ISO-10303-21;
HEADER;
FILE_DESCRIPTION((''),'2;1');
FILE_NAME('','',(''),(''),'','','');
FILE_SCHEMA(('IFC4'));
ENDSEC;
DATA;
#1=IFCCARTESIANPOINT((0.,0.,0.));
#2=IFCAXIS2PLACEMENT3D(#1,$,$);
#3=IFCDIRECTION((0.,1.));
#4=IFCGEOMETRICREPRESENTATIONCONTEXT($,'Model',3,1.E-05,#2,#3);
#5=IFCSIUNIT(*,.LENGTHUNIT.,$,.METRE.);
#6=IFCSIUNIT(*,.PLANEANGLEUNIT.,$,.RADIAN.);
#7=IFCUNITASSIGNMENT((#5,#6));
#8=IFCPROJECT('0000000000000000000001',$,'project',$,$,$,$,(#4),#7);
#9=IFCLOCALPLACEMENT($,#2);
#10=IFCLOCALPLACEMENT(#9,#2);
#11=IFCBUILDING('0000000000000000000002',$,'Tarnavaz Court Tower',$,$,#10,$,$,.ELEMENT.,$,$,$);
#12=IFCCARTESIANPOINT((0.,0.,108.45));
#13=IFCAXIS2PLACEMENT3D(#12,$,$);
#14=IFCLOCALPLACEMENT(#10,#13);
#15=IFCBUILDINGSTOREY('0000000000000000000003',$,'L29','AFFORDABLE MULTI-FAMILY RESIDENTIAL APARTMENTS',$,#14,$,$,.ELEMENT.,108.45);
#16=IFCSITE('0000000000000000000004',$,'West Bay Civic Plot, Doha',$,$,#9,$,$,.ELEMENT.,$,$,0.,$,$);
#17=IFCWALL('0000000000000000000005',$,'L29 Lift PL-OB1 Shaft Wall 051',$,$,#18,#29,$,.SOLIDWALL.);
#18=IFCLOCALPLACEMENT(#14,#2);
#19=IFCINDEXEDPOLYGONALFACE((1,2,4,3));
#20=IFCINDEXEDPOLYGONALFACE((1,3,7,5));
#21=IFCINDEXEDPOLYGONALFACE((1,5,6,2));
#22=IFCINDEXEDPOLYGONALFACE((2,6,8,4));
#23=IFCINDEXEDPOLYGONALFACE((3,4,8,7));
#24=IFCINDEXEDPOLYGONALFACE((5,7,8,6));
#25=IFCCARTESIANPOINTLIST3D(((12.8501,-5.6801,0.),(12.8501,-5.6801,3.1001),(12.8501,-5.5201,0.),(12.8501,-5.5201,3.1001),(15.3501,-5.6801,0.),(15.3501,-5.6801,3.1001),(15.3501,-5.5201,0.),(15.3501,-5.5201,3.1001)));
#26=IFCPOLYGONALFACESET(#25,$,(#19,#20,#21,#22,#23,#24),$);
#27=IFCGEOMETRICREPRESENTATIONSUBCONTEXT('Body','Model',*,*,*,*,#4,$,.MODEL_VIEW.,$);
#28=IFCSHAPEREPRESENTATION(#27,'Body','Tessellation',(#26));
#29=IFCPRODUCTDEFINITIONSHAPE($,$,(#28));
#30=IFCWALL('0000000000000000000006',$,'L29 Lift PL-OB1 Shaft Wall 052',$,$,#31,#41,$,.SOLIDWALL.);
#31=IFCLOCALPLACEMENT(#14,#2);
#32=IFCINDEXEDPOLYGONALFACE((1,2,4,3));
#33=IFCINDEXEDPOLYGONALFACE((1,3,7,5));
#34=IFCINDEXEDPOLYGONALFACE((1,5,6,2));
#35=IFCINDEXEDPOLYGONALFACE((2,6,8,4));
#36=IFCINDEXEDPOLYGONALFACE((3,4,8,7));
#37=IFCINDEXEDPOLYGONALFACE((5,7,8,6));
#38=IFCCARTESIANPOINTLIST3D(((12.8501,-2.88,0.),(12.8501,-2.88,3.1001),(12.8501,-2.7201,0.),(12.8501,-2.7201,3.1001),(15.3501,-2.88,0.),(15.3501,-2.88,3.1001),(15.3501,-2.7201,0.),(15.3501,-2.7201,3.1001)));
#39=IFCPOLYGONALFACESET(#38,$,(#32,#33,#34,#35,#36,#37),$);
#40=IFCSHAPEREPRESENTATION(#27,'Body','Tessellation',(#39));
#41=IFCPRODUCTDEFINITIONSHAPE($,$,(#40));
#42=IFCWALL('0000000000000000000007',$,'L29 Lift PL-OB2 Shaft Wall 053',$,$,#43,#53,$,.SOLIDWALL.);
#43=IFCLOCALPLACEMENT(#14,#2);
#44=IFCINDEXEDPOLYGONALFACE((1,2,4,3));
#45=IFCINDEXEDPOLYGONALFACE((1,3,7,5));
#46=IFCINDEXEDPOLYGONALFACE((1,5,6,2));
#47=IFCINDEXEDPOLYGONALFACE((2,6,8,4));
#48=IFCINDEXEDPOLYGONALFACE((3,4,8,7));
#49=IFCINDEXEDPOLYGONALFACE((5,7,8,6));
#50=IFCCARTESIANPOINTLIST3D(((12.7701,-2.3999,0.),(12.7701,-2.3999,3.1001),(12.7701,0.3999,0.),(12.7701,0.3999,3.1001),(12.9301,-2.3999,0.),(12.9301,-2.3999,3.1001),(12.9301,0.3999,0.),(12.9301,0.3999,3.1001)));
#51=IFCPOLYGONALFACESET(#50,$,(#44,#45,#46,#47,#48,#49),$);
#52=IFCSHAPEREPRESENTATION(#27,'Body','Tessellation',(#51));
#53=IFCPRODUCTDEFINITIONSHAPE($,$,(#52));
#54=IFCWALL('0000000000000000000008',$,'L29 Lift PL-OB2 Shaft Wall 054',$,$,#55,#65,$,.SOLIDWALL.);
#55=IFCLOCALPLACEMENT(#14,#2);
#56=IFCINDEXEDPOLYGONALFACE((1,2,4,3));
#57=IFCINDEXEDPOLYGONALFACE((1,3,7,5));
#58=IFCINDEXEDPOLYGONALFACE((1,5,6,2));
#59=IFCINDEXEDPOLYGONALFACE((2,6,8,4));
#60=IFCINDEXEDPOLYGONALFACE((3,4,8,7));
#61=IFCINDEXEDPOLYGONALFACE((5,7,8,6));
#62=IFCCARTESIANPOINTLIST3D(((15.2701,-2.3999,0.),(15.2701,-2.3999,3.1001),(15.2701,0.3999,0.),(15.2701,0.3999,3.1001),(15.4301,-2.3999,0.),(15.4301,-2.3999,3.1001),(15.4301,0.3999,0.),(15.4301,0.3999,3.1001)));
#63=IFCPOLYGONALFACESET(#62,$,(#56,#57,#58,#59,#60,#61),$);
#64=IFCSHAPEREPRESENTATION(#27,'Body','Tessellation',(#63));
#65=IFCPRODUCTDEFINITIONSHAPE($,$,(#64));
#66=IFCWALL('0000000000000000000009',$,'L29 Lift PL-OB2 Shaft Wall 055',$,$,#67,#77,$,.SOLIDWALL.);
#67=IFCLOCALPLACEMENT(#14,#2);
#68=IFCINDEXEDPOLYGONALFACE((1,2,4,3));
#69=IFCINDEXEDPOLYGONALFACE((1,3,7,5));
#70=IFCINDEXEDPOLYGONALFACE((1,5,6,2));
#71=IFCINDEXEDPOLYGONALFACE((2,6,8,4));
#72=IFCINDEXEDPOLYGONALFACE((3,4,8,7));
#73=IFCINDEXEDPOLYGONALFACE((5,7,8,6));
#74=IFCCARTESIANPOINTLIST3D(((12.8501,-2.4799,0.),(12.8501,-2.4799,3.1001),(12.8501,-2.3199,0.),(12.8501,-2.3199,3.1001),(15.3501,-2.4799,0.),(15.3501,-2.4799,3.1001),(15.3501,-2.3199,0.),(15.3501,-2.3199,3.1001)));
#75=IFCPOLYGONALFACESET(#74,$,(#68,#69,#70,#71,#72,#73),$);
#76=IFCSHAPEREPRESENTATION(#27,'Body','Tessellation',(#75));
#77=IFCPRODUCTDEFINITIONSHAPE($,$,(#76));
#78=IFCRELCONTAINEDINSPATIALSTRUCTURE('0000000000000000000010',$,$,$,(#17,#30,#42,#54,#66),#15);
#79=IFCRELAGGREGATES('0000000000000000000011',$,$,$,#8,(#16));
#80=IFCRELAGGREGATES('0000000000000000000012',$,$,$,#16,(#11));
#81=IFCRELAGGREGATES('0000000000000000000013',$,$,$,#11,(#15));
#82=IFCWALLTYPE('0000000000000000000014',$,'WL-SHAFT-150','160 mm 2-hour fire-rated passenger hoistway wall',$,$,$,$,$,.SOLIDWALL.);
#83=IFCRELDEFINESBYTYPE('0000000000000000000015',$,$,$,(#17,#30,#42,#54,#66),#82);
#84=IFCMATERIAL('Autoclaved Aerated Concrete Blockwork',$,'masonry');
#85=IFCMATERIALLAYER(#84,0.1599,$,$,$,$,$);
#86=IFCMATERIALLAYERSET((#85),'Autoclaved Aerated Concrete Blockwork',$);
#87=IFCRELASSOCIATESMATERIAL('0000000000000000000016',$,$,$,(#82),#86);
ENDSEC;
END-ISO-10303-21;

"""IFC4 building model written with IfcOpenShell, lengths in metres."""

from ifc_helpers import new_model, si_unit, direction, frame, frame_2d, origin, place, context, subcontext, project, spatial, rectangle, extrude, material, layer, layer_set, type_object, element, save


model = new_model("IFC4")

# Units and contexts
model_context = context("Model", 3, precision=1e-05, world=origin(), true_north=direction((0.0, 1.0)))
body_context = subcontext(model_context, "Body", "Model", "MODEL_VIEW")
ifc_project = project(units=[si_unit("LENGTHUNIT", "METRE"), si_unit("PLANEANGLEUNIT", "RADIAN")], contexts=[model_context])

# Site, building, storey
site_placement = place(None, origin())
site = spatial("IfcSite", under=ifc_project, at=site_placement, Name="West Bay Civic Plot, Doha", CompositionType="ELEMENT", RefElevation=0.0)
building_placement = place(site_placement, origin())
building = spatial("IfcBuilding", under=site, at=building_placement, Name="Tarnavaz Court Tower", CompositionType="ELEMENT")
storey_placement = place(building_placement, frame((0.0, 0.0, 108.45)))
storey = spatial("IfcBuildingStorey", under=building, at=storey_placement, Name="L29", Description="AFFORDABLE MULTI-FAMILY RESIDENTIAL APARTMENTS", CompositionType="ELEMENT", Elevation=108.45)

# Walls
ifc_material_1 = material(Name="Autoclaved Aerated Concrete Blockwork", Category="masonry")
ifc_layer_1 = layer(ifc_material_1, 0.1599)
ifc_layer_set_1 = layer_set([ifc_layer_1], Name="Autoclaved Aerated Concrete Blockwork")
wall_type_1 = type_object("IfcWallType", Name="WL-SHAFT-150", Description="160 mm 2-hour fire-rated passenger hoistway wall", PredefinedType="SOLIDWALL", material=ifc_layer_set_1)
for number, where, z_axis, x_axis, name in (
    (1, (12.8501, -5.6001, 0.0), (0.0, 0.0, 1.0), (1.0, 0.0, 0.0), "L29 Lift PL-OB1 Shaft Wall 051"),
    (2, (12.8501, -2.8, 0.0), (0.0, 0.0, 1.0), (1.0, 0.0, 0.0), "L29 Lift PL-OB1 Shaft Wall 052"),
):
    element("IfcWall", number, at=place(storey_placement, frame(where, z_axis=z_axis, x_axis=x_axis)), inside=storey, type_object=wall_type_1, Name=name, PredefinedType="SOLIDWALL", context=body_context, shape_type="SweptSolid", body=[
        extrude(rectangle(XDim=2.5, YDim=0.1599, at=frame_2d((1.25, 0.0))), origin(), (0.0, 0.0, 1.0), 3.1001),
    ])
for number, where, z_axis, x_axis, name in (
    (3, (12.8501, -2.3999, 0.0), (0.0, 0.0, 1.0), (0.0, 1.0, 0.0), "L29 Lift PL-OB2 Shaft Wall 053"),
    (4, (15.3501, -2.3999, 0.0), (0.0, 0.0, 1.0), (0.0, 1.0, 0.0), "L29 Lift PL-OB2 Shaft Wall 054"),
):
    element("IfcWall", number, at=place(storey_placement, frame(where, z_axis=z_axis, x_axis=x_axis)), inside=storey, type_object=wall_type_1, Name=name, PredefinedType="SOLIDWALL", context=body_context, shape_type="SweptSolid", body=[
        extrude(rectangle(XDim=2.7998, YDim=0.1599, at=frame_2d((1.3999, 0.0))), origin(), (0.0, 0.0, 1.0), 3.1001),
    ])
wall_1_placement = place(storey_placement, frame((12.8501, -2.3999, 0.0), z_axis=(0.0, 0.0, 1.0), x_axis=(1.0, 0.0, 0.0)))
element("IfcWall", 5, at=wall_1_placement, inside=storey, type_object=wall_type_1, Name="L29 Lift PL-OB2 Shaft Wall 055", PredefinedType="SOLIDWALL", context=body_context, shape_type="SweptSolid", body=[
    extrude(rectangle(XDim=2.5, YDim=0.1599, at=frame_2d((1.25, 0.0))), origin(), (0.0, 0.0, 1.0), 3.1001),
])

save(model, "model.ifc")
